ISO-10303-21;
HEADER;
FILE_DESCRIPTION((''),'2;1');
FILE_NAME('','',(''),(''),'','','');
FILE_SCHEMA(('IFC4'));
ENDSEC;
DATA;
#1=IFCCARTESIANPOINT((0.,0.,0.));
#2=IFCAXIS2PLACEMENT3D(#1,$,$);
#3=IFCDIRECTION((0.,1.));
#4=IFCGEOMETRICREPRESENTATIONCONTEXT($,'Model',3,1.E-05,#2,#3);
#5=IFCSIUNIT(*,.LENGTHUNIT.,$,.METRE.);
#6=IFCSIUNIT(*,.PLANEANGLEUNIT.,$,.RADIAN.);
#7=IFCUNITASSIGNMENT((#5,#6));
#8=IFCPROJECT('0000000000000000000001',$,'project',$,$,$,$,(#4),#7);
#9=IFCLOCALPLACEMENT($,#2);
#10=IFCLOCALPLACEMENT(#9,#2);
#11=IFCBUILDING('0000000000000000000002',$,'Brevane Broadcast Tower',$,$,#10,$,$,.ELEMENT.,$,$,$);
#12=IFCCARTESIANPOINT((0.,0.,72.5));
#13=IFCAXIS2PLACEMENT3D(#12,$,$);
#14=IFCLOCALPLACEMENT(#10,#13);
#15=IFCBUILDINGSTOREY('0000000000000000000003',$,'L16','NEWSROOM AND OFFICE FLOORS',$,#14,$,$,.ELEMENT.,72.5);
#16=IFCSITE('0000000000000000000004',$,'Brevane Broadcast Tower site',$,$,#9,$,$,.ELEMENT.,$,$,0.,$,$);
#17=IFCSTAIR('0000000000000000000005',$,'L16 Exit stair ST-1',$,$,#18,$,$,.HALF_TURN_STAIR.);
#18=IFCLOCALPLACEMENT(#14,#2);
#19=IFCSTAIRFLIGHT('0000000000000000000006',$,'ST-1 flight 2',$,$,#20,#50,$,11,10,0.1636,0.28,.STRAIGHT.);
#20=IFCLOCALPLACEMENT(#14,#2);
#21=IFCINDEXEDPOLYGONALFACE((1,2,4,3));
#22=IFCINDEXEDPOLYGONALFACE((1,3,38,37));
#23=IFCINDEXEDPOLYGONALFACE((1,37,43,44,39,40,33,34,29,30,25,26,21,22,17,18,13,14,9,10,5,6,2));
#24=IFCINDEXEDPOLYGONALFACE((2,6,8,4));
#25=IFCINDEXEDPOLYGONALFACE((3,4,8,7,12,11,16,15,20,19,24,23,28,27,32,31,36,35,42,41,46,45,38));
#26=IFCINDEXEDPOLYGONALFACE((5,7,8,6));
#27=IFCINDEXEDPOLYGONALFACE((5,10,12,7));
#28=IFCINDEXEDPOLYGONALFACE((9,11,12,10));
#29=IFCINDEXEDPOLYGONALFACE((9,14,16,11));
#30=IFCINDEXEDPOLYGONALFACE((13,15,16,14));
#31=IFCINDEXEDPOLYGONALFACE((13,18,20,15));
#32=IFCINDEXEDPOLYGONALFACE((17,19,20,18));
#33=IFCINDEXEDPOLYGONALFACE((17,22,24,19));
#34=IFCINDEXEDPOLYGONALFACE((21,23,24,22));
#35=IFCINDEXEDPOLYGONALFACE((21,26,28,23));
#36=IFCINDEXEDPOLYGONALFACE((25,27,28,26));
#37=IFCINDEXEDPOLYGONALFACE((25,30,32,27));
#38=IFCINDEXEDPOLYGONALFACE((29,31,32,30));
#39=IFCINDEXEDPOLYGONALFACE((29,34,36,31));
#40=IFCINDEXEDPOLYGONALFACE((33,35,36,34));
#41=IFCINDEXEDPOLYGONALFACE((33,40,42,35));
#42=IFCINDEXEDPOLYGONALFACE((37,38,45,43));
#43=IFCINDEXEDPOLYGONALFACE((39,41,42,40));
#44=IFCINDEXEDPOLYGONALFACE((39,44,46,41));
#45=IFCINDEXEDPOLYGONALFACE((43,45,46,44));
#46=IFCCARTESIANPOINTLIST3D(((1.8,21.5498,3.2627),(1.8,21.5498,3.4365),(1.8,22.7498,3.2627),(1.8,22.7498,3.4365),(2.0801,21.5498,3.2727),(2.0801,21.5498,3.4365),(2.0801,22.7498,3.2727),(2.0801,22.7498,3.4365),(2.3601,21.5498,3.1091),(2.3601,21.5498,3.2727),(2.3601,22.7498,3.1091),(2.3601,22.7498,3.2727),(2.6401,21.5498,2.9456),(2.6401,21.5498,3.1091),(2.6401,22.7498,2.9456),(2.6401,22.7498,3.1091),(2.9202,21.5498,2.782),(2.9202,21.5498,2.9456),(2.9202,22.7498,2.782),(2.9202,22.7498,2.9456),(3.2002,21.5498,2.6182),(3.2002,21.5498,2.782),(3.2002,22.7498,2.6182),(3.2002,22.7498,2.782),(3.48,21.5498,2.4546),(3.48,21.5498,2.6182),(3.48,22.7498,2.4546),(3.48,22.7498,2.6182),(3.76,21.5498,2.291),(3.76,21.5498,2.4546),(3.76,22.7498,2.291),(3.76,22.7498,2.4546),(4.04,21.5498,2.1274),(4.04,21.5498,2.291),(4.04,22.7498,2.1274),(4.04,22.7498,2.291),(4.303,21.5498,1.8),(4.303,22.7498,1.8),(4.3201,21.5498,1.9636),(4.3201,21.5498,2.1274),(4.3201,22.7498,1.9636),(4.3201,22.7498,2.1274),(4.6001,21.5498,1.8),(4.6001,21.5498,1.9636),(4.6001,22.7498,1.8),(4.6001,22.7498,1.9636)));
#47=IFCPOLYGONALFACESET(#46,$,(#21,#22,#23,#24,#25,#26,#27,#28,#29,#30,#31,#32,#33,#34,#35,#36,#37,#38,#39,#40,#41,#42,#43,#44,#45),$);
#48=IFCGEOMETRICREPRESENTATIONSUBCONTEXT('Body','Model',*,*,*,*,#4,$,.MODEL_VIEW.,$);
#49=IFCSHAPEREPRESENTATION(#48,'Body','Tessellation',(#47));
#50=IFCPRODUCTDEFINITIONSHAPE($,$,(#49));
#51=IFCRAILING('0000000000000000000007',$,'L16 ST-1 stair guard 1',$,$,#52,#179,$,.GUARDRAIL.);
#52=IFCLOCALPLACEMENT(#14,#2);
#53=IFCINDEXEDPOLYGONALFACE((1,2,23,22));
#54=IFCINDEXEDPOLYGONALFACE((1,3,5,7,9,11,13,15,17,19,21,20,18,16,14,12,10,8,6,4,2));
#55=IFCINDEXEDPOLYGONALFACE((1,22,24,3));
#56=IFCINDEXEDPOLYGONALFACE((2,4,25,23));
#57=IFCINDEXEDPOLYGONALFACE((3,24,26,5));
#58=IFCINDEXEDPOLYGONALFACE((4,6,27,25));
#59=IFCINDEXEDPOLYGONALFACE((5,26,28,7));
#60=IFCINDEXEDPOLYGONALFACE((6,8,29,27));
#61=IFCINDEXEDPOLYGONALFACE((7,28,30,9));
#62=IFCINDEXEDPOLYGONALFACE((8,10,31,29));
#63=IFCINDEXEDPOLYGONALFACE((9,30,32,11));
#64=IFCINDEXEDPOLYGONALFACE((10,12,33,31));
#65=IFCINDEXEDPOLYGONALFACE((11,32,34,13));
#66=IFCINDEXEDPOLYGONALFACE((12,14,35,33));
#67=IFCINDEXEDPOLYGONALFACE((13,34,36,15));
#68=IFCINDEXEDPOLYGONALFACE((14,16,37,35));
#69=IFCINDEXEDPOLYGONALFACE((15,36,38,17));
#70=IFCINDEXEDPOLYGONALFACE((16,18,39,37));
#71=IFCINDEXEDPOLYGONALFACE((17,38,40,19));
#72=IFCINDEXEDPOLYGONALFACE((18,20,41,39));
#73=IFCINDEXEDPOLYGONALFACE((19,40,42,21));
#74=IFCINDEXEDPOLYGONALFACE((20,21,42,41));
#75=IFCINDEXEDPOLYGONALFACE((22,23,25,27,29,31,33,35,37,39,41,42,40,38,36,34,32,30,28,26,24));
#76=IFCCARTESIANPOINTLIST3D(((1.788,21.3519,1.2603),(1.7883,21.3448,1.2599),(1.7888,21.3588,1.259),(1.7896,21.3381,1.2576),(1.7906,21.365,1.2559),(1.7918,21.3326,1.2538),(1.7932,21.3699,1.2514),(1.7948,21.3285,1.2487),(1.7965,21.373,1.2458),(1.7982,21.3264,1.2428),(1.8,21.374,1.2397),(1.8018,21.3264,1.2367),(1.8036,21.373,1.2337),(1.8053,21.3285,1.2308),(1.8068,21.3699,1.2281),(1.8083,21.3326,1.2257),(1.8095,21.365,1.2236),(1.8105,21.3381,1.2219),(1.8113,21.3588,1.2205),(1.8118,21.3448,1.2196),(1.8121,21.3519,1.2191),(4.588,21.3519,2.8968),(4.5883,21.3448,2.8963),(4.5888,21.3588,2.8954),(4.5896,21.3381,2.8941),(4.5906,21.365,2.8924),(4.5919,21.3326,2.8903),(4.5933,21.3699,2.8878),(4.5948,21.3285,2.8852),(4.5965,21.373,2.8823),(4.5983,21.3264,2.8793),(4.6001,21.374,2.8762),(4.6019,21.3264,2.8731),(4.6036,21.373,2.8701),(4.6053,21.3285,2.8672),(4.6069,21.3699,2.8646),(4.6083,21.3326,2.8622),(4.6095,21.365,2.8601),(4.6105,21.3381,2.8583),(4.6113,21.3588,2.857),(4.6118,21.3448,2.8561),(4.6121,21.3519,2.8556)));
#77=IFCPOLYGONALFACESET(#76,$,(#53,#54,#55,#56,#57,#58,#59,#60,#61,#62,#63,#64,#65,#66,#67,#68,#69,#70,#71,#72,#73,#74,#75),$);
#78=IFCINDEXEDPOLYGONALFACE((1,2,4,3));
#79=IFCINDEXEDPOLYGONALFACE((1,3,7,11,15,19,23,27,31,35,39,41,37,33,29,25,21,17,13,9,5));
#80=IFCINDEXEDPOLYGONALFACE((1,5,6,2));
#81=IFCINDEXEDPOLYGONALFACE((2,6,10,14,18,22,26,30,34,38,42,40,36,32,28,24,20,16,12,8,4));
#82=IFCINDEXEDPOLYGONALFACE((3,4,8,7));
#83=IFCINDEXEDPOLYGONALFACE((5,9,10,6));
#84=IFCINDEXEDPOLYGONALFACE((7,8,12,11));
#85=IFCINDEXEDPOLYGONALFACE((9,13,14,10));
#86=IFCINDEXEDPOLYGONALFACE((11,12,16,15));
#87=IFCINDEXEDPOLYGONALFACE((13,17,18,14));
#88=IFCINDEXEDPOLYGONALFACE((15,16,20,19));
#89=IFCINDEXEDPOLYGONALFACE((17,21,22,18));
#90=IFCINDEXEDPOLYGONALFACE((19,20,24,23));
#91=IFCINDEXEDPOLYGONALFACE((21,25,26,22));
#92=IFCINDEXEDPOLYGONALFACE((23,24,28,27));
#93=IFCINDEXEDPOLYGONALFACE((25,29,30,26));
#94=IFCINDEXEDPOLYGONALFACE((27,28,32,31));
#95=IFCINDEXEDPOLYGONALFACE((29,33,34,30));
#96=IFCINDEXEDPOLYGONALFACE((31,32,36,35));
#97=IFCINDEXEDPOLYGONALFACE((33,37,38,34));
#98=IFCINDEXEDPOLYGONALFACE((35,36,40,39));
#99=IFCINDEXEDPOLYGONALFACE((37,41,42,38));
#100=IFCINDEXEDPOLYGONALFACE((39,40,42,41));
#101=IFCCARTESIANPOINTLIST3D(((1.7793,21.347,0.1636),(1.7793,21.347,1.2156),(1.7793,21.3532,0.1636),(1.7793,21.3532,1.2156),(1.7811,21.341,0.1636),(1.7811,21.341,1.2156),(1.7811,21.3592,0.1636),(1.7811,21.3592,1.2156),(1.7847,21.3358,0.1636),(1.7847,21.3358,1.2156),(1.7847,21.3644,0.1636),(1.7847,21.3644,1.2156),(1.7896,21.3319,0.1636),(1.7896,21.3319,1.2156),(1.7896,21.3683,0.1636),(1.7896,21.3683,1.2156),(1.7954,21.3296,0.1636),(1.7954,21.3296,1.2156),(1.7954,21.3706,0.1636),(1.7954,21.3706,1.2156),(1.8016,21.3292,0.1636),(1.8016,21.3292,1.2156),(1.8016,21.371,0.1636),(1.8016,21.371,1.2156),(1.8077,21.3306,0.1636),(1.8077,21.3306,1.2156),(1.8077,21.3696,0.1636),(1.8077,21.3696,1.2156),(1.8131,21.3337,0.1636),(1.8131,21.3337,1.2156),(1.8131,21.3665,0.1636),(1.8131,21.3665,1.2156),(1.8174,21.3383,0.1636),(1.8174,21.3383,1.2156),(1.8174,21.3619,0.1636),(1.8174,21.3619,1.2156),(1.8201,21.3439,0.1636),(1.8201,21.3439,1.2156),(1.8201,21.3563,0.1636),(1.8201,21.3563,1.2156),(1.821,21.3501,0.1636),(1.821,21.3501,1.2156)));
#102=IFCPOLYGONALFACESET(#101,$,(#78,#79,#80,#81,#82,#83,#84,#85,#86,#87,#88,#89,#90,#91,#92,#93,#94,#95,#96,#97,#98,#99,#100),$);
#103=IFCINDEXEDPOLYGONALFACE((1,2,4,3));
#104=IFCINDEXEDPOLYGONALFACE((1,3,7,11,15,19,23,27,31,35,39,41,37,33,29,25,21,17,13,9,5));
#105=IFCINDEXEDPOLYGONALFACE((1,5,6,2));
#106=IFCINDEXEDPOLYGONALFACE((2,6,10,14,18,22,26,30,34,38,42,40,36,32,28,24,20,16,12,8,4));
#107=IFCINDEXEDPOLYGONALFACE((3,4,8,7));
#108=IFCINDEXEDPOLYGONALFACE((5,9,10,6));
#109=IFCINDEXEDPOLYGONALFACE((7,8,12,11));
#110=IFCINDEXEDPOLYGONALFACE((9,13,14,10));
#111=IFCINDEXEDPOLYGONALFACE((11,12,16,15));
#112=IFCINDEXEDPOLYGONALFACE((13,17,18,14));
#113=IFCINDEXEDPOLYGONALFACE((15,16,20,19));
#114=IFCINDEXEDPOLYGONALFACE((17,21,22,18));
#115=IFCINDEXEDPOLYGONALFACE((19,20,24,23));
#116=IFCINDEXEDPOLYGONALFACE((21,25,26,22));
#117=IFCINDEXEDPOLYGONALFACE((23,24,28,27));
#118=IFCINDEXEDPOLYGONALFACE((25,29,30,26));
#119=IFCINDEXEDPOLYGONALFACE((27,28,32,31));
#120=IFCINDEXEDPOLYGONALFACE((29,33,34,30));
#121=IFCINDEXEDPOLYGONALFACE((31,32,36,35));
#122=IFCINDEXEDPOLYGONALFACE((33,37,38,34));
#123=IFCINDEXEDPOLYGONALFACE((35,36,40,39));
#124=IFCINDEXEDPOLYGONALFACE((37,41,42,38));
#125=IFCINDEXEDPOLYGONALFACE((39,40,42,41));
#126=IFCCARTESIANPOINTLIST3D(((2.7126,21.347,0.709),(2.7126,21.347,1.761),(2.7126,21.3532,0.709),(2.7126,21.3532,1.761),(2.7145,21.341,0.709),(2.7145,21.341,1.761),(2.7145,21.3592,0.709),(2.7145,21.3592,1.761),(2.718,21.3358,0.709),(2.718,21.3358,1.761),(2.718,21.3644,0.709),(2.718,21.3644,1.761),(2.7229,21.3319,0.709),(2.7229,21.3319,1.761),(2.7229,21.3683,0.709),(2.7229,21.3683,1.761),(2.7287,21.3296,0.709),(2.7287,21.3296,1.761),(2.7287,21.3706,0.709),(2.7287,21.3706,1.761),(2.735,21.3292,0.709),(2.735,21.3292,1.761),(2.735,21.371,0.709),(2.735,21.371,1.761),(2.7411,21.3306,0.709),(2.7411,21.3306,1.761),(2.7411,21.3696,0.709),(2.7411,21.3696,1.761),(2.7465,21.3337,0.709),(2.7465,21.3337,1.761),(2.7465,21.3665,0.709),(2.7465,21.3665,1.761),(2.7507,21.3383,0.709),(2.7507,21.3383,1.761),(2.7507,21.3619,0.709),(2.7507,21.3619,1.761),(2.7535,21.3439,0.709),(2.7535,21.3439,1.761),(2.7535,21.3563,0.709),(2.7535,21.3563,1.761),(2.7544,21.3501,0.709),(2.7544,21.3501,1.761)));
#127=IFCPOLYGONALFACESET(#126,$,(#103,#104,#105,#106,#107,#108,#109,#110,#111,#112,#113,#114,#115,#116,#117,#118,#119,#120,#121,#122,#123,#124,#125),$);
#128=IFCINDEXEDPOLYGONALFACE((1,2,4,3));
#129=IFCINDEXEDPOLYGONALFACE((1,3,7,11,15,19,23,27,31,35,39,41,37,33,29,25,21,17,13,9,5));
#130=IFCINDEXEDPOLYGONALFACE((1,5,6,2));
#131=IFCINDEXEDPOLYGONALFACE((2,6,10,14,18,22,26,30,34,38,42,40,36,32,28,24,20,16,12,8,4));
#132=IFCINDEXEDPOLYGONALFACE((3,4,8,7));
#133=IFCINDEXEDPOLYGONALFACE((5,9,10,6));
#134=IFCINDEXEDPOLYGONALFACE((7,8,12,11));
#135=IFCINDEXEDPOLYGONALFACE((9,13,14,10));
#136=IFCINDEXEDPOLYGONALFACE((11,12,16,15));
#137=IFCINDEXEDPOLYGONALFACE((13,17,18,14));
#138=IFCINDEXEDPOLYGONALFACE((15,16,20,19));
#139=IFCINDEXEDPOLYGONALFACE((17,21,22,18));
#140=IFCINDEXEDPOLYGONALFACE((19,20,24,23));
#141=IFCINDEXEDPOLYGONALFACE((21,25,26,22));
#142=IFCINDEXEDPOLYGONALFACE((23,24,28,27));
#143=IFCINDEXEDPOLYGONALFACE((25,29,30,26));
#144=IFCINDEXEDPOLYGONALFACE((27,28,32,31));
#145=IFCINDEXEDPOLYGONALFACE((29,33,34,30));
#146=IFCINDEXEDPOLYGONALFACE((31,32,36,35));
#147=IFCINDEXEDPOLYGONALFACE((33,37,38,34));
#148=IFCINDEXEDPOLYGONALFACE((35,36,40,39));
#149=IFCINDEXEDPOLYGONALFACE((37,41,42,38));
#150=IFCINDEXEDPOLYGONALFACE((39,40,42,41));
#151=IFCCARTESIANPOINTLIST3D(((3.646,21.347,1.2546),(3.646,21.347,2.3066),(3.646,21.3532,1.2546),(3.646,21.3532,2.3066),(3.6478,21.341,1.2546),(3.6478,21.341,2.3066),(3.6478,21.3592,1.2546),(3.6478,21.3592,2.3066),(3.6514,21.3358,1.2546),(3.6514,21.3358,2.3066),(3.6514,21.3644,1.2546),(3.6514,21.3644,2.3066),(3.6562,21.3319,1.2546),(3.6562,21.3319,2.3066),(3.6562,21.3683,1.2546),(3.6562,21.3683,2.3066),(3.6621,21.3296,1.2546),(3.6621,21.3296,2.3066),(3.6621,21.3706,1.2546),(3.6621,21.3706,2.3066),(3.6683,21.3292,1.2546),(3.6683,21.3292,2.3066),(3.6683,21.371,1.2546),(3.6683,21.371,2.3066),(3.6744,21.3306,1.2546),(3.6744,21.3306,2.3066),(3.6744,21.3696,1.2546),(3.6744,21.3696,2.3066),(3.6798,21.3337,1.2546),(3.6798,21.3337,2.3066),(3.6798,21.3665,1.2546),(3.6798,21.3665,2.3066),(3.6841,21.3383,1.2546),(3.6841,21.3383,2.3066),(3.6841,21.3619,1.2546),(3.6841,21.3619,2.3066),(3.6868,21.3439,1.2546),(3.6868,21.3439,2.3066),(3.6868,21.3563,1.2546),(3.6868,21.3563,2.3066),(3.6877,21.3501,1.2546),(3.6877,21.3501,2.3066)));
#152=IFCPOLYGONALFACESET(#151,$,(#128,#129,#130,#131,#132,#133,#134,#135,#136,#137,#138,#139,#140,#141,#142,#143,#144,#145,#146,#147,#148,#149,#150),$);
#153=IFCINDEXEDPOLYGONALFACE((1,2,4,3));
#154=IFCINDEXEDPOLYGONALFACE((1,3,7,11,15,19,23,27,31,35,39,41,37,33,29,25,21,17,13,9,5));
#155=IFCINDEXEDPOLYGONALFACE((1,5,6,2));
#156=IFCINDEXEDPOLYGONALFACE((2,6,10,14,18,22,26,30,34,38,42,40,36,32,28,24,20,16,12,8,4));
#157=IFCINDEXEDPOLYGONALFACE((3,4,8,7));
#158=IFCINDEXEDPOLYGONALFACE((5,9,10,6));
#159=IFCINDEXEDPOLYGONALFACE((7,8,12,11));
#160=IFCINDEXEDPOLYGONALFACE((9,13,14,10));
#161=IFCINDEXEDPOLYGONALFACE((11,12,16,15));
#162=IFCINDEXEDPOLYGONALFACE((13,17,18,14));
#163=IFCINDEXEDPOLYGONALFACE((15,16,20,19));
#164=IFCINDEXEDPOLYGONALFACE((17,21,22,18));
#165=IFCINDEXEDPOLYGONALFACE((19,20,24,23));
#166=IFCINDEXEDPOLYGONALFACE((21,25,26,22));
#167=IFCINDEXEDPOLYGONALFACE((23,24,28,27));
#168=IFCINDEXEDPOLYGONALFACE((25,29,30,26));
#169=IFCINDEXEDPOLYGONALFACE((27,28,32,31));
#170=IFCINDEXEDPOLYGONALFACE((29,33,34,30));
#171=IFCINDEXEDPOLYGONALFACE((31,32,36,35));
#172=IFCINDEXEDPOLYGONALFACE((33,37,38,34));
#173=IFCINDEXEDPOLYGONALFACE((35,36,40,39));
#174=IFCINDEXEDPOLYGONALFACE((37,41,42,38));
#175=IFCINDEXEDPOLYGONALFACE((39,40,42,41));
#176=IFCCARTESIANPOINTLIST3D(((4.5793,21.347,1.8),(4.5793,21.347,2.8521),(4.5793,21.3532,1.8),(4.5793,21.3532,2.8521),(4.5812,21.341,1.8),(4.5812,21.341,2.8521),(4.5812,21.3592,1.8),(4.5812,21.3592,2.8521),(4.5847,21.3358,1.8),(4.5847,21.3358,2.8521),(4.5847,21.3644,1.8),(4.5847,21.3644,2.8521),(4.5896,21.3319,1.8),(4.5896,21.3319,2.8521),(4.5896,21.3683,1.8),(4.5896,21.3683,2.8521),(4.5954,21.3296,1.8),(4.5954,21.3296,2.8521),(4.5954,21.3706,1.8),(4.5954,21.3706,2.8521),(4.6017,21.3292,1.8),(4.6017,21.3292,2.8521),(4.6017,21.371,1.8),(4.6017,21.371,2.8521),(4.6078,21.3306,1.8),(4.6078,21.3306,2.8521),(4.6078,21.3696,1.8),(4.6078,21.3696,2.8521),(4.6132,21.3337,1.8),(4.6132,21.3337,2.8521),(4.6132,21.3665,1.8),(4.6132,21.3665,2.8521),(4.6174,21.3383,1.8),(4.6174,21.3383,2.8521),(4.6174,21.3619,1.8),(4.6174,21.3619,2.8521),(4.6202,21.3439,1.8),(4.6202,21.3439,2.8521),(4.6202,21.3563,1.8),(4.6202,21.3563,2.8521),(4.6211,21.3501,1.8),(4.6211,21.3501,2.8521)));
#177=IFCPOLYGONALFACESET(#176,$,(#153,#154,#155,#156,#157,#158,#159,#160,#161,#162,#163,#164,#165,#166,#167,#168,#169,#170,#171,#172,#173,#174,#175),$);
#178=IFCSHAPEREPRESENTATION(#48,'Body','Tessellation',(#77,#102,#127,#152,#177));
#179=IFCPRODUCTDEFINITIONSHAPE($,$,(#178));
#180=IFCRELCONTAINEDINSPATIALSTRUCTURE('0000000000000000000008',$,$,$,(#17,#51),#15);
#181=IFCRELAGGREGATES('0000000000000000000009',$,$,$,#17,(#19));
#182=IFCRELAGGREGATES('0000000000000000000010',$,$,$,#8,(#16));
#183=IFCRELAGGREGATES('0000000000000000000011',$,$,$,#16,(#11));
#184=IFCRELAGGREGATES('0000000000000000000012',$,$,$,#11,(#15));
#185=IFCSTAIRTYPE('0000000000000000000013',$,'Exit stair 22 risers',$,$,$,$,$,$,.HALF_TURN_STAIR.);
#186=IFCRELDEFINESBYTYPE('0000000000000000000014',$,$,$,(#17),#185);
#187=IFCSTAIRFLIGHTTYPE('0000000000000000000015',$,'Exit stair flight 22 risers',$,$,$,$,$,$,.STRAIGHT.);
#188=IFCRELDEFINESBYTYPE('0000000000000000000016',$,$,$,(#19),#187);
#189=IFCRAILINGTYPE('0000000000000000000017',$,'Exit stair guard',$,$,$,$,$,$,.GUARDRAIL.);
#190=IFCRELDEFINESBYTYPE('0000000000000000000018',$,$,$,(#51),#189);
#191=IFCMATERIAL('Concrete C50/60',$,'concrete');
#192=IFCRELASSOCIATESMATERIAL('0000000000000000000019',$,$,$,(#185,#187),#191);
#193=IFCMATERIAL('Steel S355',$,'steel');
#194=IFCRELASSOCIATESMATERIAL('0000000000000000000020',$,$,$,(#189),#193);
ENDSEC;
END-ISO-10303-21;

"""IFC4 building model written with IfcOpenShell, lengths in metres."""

from ifc_helpers import new_model, si_unit, direction, frame, origin, origin_2d, place, context, subcontext, project, spatial, polyline, circle, outline, extrude, material, type_object, element, aggregate, save


model = new_model("IFC4")

# Units and contexts
model_context = context("Model", 3, precision=1e-05, world=origin(), true_north=direction((0.0, 1.0)))
body_context = subcontext(model_context, "Body", "Model", "MODEL_VIEW")
ifc_project = project(units=[si_unit("LENGTHUNIT", "METRE"), si_unit("PLANEANGLEUNIT", "RADIAN")], contexts=[model_context])

# Site, building, storey
site_placement = place(None, origin())
site = spatial("IfcSite", under=ifc_project, at=site_placement, Name="Brevane Broadcast Tower site", CompositionType="ELEMENT", RefElevation=0.0)
building_placement = place(site_placement, origin())
building = spatial("IfcBuilding", under=site, at=building_placement, Name="Brevane Broadcast Tower", CompositionType="ELEMENT")
storey_placement = place(building_placement, frame((0.0, 0.0, 72.5)))
storey = spatial("IfcBuildingStorey", under=building, at=storey_placement, Name="L16", Description="NEWSROOM AND OFFICE FLOORS", CompositionType="ELEMENT", Elevation=72.5)

# Stair, stair flight
ifc_material_1 = material(Name="Concrete C50/60", Category="concrete")
stair_type = type_object("IfcStairType", Name="Exit stair 22 risers", PredefinedType="HALF_TURN_STAIR", material=ifc_material_1)
stair_placement = place(storey_placement, origin())
stair = element("IfcStair", 1, at=stair_placement, inside=storey, type_object=stair_type, Name="L16 Exit stair ST-1", PredefinedType="HALF_TURN_STAIR")
stair_flight_type = type_object("IfcStairFlightType", Name="Exit stair flight 22 risers", PredefinedType="STRAIGHT", material=ifc_material_1)
stair_flight_placement = place(storey_placement, frame((4.6001, 22.1499, 1.8), z_axis=(0.0, 0.0, 1.0), x_axis=(-1.0, 0.0, 0.0)))
stair_flight = element("IfcStairFlight", 2, at=stair_flight_placement, type_object=stair_flight_type, Name="ST-1 flight 2", NumberOfRisers=11, NumberOfTreads=10, PredefinedType="STRAIGHT", RiserHeight=0.1636, TreadLength=0.28, context=body_context, shape_type="SweptSolid", body=[
    extrude(outline(polyline([(0.0, 0.0), (0.0, 0.1636), (0.28, 0.1636), (0.28, 0.3274), (0.5601, 0.3274), (0.5601, 0.491), (0.8401, 0.491), (0.8401, 0.6545), (1.1201, 0.6545), (1.1201, 0.8181), (1.3999, 0.8181), (1.3999, 0.9819), (1.6799, 0.9819), (1.6799, 1.1455), (1.96, 1.1455), (1.96, 1.3091), (2.24, 1.3091), (2.24, 1.4727), (2.52, 1.4727), (2.52, 1.6365), (2.8, 1.6365), (2.8, 1.8), (2.8, 1.4626), (0.2971, 0.0), (0.0, 0.0)])), frame((0.0, 0.6001, 0.0), z_axis=(0.0, -1.0, 0.0), x_axis=(1.0, 0.0, 0.0)), (0.0, 0.0, 1.0), 1.2),
])
aggregate(stair, [stair_flight])

# Railing
ifc_material_2 = material(Name="Steel S355", Category="steel")
railing_type_1 = type_object("IfcRailingType", Name="Exit stair guard", PredefinedType="GUARDRAIL", material=ifc_material_2)
railing_1_placement = place(storey_placement, frame((1.8, 21.3501, 0.1636)))
element("IfcRailing", 3, at=railing_1_placement, inside=storey, type_object=railing_type_1, Name="L16 ST-1 stair guard 1", PredefinedType="GUARDRAIL", context=body_context, shape_type="SweptSolid", body=[
    extrude(circle(Radius=0.0239, at=origin_2d()), frame((0.0, 0.0, 1.0762), z_axis=(0.863361, 0.0, 0.504587), x_axis=(0.0, 1.0, 0.0)), (0.0, 0.0, 1.0), 3.2432),
    extrude(circle(Radius=0.021, at=origin_2d()), origin(), (0.0, 0.0, 1.0), 1.052),
    extrude(circle(Radius=0.021, at=origin_2d()), frame((0.9333, 0.0, 0.5454)), (0.0, 0.0, 1.0), 1.052),
    extrude(circle(Radius=0.021, at=origin_2d()), frame((1.8667, 0.0, 1.0911)), (0.0, 0.0, 1.0), 1.052),
    extrude(circle(Radius=0.021, at=origin_2d()), frame((2.8, 0.0, 1.6365)), (0.0, 0.0, 1.0), 1.052),
])

save(model, "model.ifc")
